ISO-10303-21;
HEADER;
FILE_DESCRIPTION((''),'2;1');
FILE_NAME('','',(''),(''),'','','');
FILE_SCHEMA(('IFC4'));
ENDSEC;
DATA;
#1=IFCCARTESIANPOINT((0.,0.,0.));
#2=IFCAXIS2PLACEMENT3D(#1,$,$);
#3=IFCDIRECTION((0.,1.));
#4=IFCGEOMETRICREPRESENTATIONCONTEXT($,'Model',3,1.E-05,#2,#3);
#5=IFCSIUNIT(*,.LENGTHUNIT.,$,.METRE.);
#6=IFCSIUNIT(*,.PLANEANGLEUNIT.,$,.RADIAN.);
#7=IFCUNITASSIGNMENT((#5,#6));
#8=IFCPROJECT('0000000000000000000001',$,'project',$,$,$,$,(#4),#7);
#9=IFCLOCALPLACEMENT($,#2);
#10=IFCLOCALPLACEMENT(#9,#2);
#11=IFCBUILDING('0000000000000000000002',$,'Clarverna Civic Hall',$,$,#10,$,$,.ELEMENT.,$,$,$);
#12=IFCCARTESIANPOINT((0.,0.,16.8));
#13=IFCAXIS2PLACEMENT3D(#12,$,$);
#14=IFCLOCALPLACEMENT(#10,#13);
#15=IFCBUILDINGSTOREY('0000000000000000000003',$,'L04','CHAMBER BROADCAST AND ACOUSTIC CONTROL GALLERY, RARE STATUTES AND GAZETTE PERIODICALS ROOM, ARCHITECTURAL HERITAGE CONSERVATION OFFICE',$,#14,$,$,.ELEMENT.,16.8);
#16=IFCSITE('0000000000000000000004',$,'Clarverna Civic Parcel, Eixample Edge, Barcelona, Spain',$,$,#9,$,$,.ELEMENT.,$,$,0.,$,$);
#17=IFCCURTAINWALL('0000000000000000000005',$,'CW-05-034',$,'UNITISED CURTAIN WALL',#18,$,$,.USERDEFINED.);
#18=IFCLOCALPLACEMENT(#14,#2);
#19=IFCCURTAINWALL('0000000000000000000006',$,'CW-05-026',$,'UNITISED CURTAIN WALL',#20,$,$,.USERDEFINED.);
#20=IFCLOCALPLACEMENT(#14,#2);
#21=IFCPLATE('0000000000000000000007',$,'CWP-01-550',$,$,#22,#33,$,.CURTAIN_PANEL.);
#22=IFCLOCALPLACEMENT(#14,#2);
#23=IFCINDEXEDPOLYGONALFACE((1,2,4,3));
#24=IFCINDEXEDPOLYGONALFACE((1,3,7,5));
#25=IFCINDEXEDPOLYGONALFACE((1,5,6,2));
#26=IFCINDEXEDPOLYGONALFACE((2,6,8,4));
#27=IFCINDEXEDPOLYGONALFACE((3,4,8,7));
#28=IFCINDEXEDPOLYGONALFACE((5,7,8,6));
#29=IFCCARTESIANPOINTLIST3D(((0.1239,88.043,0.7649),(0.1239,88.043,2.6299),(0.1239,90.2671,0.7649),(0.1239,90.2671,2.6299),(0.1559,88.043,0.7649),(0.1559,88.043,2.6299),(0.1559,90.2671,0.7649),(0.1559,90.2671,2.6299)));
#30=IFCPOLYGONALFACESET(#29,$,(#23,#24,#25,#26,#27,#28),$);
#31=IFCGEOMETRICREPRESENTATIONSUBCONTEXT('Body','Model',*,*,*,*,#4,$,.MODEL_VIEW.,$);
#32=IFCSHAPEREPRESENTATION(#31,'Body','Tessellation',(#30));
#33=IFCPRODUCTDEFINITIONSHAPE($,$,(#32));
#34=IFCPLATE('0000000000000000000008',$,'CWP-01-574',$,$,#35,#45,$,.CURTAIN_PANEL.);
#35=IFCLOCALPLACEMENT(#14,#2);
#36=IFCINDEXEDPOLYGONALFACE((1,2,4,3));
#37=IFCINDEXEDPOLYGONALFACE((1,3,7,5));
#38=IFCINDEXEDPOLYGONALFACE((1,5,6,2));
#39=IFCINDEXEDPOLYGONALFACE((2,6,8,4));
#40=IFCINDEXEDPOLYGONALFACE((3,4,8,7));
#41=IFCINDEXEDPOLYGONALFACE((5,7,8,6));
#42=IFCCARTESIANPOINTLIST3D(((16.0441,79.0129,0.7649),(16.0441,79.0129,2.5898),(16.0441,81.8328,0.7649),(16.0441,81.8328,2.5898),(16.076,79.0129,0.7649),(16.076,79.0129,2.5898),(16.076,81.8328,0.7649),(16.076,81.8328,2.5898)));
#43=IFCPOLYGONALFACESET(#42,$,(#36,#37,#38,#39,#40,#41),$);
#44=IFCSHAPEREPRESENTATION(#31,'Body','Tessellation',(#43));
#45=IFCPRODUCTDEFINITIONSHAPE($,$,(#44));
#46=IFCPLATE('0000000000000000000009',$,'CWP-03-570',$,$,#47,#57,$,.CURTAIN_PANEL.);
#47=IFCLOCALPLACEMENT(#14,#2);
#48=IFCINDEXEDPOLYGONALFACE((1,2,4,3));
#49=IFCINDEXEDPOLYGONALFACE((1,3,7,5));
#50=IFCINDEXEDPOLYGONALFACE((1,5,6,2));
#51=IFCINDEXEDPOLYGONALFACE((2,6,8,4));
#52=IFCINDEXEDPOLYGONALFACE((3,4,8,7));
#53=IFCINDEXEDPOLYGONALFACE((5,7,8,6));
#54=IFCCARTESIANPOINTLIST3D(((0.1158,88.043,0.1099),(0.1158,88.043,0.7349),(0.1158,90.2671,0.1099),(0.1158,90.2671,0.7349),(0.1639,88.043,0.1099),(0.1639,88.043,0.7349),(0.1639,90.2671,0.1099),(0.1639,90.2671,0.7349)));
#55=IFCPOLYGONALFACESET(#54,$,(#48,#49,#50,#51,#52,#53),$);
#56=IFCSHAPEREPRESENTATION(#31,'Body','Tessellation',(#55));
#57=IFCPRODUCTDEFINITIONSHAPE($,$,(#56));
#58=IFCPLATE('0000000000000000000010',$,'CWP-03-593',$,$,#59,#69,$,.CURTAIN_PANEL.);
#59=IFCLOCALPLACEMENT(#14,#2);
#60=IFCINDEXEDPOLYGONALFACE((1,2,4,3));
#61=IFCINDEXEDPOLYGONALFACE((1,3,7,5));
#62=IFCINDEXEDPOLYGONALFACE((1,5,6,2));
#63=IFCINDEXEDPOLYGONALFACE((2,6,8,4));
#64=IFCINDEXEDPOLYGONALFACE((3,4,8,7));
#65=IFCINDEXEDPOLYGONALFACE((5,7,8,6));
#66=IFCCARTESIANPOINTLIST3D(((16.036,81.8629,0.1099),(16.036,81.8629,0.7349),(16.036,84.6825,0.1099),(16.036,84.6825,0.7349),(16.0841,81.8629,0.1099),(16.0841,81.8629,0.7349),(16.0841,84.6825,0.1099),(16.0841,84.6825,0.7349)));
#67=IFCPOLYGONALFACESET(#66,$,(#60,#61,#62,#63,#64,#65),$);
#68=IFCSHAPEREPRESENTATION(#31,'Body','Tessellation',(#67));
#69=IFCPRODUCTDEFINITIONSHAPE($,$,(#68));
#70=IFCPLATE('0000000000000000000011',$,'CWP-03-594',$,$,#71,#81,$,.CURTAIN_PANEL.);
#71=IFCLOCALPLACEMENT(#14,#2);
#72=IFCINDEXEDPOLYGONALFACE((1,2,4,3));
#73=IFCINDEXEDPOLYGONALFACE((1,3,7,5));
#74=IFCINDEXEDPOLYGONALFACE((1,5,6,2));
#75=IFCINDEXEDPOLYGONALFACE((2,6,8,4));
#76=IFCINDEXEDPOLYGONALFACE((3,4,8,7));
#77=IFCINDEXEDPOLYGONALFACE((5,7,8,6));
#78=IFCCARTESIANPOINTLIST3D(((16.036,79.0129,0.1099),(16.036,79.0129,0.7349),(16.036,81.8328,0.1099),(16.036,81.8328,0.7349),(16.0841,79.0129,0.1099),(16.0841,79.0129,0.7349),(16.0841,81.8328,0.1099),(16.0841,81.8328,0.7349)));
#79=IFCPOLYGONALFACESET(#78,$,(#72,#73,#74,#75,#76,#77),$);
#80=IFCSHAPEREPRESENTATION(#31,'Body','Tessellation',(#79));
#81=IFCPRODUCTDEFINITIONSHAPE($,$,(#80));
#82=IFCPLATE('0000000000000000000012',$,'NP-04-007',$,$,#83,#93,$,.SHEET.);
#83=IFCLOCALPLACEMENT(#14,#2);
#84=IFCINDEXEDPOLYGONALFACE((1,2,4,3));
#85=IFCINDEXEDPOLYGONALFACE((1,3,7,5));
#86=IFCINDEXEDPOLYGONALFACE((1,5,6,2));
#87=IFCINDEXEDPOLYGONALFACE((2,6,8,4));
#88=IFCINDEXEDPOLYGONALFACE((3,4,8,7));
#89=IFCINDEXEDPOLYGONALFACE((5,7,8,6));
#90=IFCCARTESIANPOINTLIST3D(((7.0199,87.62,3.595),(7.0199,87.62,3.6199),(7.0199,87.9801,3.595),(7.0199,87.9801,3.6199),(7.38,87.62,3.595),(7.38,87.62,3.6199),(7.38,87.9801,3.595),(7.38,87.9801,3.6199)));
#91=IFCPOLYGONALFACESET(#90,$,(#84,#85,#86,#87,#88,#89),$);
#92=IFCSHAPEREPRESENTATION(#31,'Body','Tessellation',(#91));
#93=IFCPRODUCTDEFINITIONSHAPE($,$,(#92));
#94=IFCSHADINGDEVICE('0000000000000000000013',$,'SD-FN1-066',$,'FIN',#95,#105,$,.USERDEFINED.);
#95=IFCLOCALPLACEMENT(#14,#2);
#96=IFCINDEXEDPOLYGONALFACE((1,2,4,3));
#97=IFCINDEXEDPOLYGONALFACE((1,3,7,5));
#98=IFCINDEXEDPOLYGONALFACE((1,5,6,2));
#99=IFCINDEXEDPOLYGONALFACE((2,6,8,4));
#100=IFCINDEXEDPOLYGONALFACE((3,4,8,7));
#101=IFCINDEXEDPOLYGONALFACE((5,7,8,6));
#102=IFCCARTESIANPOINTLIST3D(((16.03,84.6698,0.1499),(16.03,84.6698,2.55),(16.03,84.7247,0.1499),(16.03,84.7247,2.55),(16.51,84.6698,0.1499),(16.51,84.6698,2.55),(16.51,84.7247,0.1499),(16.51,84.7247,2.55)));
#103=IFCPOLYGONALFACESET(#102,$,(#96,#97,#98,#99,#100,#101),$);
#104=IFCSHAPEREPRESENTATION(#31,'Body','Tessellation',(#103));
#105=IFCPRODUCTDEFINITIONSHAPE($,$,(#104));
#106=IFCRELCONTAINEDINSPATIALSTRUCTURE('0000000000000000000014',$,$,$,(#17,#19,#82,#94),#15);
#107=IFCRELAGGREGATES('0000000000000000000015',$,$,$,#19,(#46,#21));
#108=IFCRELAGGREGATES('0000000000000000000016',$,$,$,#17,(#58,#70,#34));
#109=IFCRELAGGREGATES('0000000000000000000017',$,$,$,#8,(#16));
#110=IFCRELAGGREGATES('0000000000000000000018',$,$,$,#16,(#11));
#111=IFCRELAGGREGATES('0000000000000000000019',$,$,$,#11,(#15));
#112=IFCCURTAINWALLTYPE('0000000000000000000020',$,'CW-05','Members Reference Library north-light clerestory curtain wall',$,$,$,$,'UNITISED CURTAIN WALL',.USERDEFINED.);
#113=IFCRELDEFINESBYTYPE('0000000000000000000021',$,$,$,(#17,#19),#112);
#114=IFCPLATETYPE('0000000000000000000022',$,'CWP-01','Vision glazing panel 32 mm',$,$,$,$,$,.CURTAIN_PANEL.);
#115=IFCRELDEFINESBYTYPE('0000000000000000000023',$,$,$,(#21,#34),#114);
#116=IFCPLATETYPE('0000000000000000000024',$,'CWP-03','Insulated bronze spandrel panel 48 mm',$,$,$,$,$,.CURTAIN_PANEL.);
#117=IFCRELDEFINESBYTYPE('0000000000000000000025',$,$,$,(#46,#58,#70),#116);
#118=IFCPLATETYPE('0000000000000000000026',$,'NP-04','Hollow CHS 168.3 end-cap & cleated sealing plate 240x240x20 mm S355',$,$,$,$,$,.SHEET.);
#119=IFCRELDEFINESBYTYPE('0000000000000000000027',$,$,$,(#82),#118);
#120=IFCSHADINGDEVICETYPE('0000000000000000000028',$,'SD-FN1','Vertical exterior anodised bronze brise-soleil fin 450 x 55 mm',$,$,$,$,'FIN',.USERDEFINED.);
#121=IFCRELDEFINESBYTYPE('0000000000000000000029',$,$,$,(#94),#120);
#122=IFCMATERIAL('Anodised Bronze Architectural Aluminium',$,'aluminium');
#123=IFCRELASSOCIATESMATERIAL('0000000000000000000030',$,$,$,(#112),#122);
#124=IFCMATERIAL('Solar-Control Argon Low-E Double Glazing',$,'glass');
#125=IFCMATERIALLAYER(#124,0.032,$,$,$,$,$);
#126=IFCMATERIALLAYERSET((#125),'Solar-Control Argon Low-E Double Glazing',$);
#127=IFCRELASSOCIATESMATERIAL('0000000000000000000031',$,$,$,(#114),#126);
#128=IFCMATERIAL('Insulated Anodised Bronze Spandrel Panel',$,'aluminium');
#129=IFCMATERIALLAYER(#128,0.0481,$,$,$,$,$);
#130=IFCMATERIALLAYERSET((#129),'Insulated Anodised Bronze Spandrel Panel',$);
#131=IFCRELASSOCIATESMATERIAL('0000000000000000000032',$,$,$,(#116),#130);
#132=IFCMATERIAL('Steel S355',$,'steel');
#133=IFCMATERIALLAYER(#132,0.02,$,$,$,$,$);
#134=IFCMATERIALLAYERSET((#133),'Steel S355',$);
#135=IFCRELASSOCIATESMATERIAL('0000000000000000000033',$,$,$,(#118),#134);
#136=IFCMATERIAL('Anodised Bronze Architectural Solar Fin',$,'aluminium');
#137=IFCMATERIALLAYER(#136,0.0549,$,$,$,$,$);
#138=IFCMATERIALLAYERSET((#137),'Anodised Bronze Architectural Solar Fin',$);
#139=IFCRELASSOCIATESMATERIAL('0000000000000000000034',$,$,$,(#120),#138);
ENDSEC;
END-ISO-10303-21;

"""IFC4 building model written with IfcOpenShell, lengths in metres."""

from ifc_helpers import new_model, si_unit, direction, frame, frame_2d, origin, origin_2d, place, context, subcontext, project, spatial, rectangle, extrude, material, layer, layer_set, type_object, element, aggregate, save


model = new_model("IFC4")

# Units and contexts
model_context = context("Model", 3, precision=1e-05, world=origin(), true_north=direction((0.0, 1.0)))
body_context = subcontext(model_context, "Body", "Model", "MODEL_VIEW")
ifc_project = project(units=[si_unit("LENGTHUNIT", "METRE"), si_unit("PLANEANGLEUNIT", "RADIAN")], contexts=[model_context])

# Site, building, storey
site_placement = place(None, origin())
site = spatial("IfcSite", under=ifc_project, at=site_placement, Name="Clarverna Civic Parcel, Eixample Edge, Barcelona, Spain", CompositionType="ELEMENT", RefElevation=0.0)
building_placement = place(site_placement, origin())
building = spatial("IfcBuilding", under=site, at=building_placement, Name="Clarverna Civic Hall", CompositionType="ELEMENT")
storey_placement = place(building_placement, frame((0.0, 0.0, 16.8)))
storey = spatial("IfcBuildingStorey", under=building, at=storey_placement, Name="L04", Description="CHAMBER BROADCAST AND ACOUSTIC CONTROL GALLERY, RARE STATUTES AND GAZETTE PERIODICALS ROOM, ARCHITECTURAL HERITAGE CONSERVATION OFFICE", CompositionType="ELEMENT", Elevation=16.8)

# Shared definitions
ifc_material_1 = material(Name="Steel S355", Category="steel")

# Curtain walls
ifc_material_2 = material(Name="Anodised Bronze Architectural Aluminium", Category="aluminium")
curtain_wall_type = type_object("IfcCurtainWallType", Name="CW-05", Description="Members Reference Library north-light clerestory curtain wall", ElementType="UNITISED CURTAIN WALL", PredefinedType="USERDEFINED", material=ifc_material_2)
curtain_wall_1_placement = place(storey_placement, origin())
curtain_wall_1 = element("IfcCurtainWall", 1, at=curtain_wall_1_placement, inside=storey, type_object=curtain_wall_type, Name="CW-05-034", ObjectType="UNITISED CURTAIN WALL", PredefinedType="USERDEFINED")
curtain_wall_2_placement = place(storey_placement, origin())
curtain_wall_2 = element("IfcCurtainWall", 2, at=curtain_wall_2_placement, inside=storey, type_object=curtain_wall_type, Name="CW-05-026", ObjectType="UNITISED CURTAIN WALL", PredefinedType="USERDEFINED")

# Plates
ifc_material_3 = material(Name="Solar-Control Argon Low-E Double Glazing", Category="glass")
ifc_layer_1 = layer(ifc_material_3, 0.032)
ifc_layer_set_1 = layer_set([ifc_layer_1], Name="Solar-Control Argon Low-E Double Glazing")
plate_type_1 = type_object("IfcPlateType", Name="CWP-01", Description="Vision glazing panel 32 mm", PredefinedType="CURTAIN_PANEL", material=ifc_layer_set_1)
plate_1_placement = place(storey_placement, frame((0.1399, 88.043, 0.7649), z_axis=(0.0, 0.0, 1.0), x_axis=(0.0, 1.0, 0.0)))
plate_1 = element("IfcPlate", 3, at=plate_1_placement, type_object=plate_type_1, Name="CWP-01-550", PredefinedType="CURTAIN_PANEL", context=body_context, shape_type="SweptSolid", body=[
    extrude(rectangle(XDim=2.2241, YDim=0.032, at=frame_2d((1.1121, 0.0))), origin(), (0.0, 0.0, 1.0), 1.865),
])
plate_2_placement = place(storey_placement, frame((16.0601, 81.8328, 0.7649), z_axis=(0.0, 0.0, 1.0), x_axis=(0.0, -1.0, 0.0)))
plate_2 = element("IfcPlate", 4, at=plate_2_placement, type_object=plate_type_1, Name="CWP-01-574", PredefinedType="CURTAIN_PANEL", context=body_context, shape_type="SweptSolid", body=[
    extrude(rectangle(XDim=2.8198, YDim=0.032, at=frame_2d((1.4099, 0.0))), origin(), (0.0, 0.0, 1.0), 1.825),
])
ifc_material_4 = material(Name="Insulated Anodised Bronze Spandrel Panel", Category="aluminium")
ifc_layer_2 = layer(ifc_material_4, 0.0481)
ifc_layer_set_2 = layer_set([ifc_layer_2], Name="Insulated Anodised Bronze Spandrel Panel")
plate_type_2 = type_object("IfcPlateType", Name="CWP-03", Description="Insulated bronze spandrel panel 48 mm", PredefinedType="CURTAIN_PANEL", material=ifc_layer_set_2)
plate_3_placement = place(storey_placement, frame((0.1399, 88.043, 0.1099), z_axis=(0.0, 0.0, 1.0), x_axis=(0.0, 1.0, 0.0)))
plate_3 = element("IfcPlate", 5, at=plate_3_placement, type_object=plate_type_2, Name="CWP-03-570", PredefinedType="CURTAIN_PANEL", context=body_context, shape_type="SweptSolid", body=[
    extrude(rectangle(XDim=2.2241, YDim=0.0481, at=frame_2d((1.1121, 0.0))), origin(), (0.0, 0.0, 1.0), 0.625),
])
aggregate(curtain_wall_2, [plate_3, plate_1])
plate_4_placement = place(storey_placement, frame((16.0601, 84.6824, 0.1099), z_axis=(0.0, 0.0, 1.0), x_axis=(0.0, -1.0, 0.0)))
plate_4 = element("IfcPlate", 6, at=plate_4_placement, type_object=plate_type_2, Name="CWP-03-593", PredefinedType="CURTAIN_PANEL", context=body_context, shape_type="SweptSolid", body=[
    extrude(rectangle(XDim=2.8196, YDim=0.0481, at=frame_2d((1.4097, 0.0))), origin(), (0.0, 0.0, 1.0), 0.625),
])
plate_5_placement = place(storey_placement, frame((16.0601, 81.8328, 0.1099), z_axis=(0.0, 0.0, 1.0), x_axis=(0.0, -1.0, 0.0)))
plate_5 = element("IfcPlate", 7, at=plate_5_placement, type_object=plate_type_2, Name="CWP-03-594", PredefinedType="CURTAIN_PANEL", context=body_context, shape_type="SweptSolid", body=[
    extrude(rectangle(XDim=2.8198, YDim=0.0481, at=frame_2d((1.4099, 0.0))), origin(), (0.0, 0.0, 1.0), 0.625),
])
aggregate(curtain_wall_1, [plate_4, plate_5, plate_2])
ifc_layer_3 = layer(ifc_material_1, 0.02)
ifc_layer_set_3 = layer_set([ifc_layer_3], Name="Steel S355")
plate_type_3 = type_object("IfcPlateType", Name="NP-04", Description="Hollow CHS 168.3 end-cap & cleated sealing plate 240x240x20 mm S355", PredefinedType="SHEET", material=ifc_layer_set_3)
plate_6_placement = place(storey_placement, frame((7.2, 87.8, 3.595), z_axis=(0.0, 0.0, 1.0), x_axis=(1.0, 0.0, 0.0)))
element("IfcPlate", 8, at=plate_6_placement, inside=storey, type_object=plate_type_3, Name="NP-04-007", PredefinedType="SHEET", context=body_context, shape_type="SweptSolid", body=[
    extrude(rectangle(XDim=0.3601, YDim=0.3601, at=origin_2d()), origin(), (0.0, 0.0, 1.0), 0.0249),
])

# Shading device
ifc_material_5 = material(Name="Anodised Bronze Architectural Solar Fin", Category="aluminium")
ifc_layer_4 = layer(ifc_material_5, 0.0549)
ifc_layer_set_4 = layer_set([ifc_layer_4], Name="Anodised Bronze Architectural Solar Fin")
shading_device_type = type_object("IfcShadingDeviceType", Name="SD-FN1", Description="Vertical exterior anodised bronze brise-soleil fin 450 x 55 mm", ElementType="FIN", PredefinedType="USERDEFINED", material=ifc_layer_set_4)
shading_device_placement = place(storey_placement, frame((16.03, 84.6973, 0.1499), z_axis=(0.0, 0.0, 1.0), x_axis=(1.0, 0.0, 0.0)))
element("IfcShadingDevice", 9, at=shading_device_placement, inside=storey, type_object=shading_device_type, Name="SD-FN1-066", ObjectType="FIN", PredefinedType="USERDEFINED", context=body_context, shape_type="SweptSolid", body=[
    extrude(rectangle(XDim=0.48, YDim=0.0549, at=frame_2d((0.24, 0.0))), origin(), (0.0, 0.0, 1.0), 2.4001),
])

save(model, "model.ifc")
